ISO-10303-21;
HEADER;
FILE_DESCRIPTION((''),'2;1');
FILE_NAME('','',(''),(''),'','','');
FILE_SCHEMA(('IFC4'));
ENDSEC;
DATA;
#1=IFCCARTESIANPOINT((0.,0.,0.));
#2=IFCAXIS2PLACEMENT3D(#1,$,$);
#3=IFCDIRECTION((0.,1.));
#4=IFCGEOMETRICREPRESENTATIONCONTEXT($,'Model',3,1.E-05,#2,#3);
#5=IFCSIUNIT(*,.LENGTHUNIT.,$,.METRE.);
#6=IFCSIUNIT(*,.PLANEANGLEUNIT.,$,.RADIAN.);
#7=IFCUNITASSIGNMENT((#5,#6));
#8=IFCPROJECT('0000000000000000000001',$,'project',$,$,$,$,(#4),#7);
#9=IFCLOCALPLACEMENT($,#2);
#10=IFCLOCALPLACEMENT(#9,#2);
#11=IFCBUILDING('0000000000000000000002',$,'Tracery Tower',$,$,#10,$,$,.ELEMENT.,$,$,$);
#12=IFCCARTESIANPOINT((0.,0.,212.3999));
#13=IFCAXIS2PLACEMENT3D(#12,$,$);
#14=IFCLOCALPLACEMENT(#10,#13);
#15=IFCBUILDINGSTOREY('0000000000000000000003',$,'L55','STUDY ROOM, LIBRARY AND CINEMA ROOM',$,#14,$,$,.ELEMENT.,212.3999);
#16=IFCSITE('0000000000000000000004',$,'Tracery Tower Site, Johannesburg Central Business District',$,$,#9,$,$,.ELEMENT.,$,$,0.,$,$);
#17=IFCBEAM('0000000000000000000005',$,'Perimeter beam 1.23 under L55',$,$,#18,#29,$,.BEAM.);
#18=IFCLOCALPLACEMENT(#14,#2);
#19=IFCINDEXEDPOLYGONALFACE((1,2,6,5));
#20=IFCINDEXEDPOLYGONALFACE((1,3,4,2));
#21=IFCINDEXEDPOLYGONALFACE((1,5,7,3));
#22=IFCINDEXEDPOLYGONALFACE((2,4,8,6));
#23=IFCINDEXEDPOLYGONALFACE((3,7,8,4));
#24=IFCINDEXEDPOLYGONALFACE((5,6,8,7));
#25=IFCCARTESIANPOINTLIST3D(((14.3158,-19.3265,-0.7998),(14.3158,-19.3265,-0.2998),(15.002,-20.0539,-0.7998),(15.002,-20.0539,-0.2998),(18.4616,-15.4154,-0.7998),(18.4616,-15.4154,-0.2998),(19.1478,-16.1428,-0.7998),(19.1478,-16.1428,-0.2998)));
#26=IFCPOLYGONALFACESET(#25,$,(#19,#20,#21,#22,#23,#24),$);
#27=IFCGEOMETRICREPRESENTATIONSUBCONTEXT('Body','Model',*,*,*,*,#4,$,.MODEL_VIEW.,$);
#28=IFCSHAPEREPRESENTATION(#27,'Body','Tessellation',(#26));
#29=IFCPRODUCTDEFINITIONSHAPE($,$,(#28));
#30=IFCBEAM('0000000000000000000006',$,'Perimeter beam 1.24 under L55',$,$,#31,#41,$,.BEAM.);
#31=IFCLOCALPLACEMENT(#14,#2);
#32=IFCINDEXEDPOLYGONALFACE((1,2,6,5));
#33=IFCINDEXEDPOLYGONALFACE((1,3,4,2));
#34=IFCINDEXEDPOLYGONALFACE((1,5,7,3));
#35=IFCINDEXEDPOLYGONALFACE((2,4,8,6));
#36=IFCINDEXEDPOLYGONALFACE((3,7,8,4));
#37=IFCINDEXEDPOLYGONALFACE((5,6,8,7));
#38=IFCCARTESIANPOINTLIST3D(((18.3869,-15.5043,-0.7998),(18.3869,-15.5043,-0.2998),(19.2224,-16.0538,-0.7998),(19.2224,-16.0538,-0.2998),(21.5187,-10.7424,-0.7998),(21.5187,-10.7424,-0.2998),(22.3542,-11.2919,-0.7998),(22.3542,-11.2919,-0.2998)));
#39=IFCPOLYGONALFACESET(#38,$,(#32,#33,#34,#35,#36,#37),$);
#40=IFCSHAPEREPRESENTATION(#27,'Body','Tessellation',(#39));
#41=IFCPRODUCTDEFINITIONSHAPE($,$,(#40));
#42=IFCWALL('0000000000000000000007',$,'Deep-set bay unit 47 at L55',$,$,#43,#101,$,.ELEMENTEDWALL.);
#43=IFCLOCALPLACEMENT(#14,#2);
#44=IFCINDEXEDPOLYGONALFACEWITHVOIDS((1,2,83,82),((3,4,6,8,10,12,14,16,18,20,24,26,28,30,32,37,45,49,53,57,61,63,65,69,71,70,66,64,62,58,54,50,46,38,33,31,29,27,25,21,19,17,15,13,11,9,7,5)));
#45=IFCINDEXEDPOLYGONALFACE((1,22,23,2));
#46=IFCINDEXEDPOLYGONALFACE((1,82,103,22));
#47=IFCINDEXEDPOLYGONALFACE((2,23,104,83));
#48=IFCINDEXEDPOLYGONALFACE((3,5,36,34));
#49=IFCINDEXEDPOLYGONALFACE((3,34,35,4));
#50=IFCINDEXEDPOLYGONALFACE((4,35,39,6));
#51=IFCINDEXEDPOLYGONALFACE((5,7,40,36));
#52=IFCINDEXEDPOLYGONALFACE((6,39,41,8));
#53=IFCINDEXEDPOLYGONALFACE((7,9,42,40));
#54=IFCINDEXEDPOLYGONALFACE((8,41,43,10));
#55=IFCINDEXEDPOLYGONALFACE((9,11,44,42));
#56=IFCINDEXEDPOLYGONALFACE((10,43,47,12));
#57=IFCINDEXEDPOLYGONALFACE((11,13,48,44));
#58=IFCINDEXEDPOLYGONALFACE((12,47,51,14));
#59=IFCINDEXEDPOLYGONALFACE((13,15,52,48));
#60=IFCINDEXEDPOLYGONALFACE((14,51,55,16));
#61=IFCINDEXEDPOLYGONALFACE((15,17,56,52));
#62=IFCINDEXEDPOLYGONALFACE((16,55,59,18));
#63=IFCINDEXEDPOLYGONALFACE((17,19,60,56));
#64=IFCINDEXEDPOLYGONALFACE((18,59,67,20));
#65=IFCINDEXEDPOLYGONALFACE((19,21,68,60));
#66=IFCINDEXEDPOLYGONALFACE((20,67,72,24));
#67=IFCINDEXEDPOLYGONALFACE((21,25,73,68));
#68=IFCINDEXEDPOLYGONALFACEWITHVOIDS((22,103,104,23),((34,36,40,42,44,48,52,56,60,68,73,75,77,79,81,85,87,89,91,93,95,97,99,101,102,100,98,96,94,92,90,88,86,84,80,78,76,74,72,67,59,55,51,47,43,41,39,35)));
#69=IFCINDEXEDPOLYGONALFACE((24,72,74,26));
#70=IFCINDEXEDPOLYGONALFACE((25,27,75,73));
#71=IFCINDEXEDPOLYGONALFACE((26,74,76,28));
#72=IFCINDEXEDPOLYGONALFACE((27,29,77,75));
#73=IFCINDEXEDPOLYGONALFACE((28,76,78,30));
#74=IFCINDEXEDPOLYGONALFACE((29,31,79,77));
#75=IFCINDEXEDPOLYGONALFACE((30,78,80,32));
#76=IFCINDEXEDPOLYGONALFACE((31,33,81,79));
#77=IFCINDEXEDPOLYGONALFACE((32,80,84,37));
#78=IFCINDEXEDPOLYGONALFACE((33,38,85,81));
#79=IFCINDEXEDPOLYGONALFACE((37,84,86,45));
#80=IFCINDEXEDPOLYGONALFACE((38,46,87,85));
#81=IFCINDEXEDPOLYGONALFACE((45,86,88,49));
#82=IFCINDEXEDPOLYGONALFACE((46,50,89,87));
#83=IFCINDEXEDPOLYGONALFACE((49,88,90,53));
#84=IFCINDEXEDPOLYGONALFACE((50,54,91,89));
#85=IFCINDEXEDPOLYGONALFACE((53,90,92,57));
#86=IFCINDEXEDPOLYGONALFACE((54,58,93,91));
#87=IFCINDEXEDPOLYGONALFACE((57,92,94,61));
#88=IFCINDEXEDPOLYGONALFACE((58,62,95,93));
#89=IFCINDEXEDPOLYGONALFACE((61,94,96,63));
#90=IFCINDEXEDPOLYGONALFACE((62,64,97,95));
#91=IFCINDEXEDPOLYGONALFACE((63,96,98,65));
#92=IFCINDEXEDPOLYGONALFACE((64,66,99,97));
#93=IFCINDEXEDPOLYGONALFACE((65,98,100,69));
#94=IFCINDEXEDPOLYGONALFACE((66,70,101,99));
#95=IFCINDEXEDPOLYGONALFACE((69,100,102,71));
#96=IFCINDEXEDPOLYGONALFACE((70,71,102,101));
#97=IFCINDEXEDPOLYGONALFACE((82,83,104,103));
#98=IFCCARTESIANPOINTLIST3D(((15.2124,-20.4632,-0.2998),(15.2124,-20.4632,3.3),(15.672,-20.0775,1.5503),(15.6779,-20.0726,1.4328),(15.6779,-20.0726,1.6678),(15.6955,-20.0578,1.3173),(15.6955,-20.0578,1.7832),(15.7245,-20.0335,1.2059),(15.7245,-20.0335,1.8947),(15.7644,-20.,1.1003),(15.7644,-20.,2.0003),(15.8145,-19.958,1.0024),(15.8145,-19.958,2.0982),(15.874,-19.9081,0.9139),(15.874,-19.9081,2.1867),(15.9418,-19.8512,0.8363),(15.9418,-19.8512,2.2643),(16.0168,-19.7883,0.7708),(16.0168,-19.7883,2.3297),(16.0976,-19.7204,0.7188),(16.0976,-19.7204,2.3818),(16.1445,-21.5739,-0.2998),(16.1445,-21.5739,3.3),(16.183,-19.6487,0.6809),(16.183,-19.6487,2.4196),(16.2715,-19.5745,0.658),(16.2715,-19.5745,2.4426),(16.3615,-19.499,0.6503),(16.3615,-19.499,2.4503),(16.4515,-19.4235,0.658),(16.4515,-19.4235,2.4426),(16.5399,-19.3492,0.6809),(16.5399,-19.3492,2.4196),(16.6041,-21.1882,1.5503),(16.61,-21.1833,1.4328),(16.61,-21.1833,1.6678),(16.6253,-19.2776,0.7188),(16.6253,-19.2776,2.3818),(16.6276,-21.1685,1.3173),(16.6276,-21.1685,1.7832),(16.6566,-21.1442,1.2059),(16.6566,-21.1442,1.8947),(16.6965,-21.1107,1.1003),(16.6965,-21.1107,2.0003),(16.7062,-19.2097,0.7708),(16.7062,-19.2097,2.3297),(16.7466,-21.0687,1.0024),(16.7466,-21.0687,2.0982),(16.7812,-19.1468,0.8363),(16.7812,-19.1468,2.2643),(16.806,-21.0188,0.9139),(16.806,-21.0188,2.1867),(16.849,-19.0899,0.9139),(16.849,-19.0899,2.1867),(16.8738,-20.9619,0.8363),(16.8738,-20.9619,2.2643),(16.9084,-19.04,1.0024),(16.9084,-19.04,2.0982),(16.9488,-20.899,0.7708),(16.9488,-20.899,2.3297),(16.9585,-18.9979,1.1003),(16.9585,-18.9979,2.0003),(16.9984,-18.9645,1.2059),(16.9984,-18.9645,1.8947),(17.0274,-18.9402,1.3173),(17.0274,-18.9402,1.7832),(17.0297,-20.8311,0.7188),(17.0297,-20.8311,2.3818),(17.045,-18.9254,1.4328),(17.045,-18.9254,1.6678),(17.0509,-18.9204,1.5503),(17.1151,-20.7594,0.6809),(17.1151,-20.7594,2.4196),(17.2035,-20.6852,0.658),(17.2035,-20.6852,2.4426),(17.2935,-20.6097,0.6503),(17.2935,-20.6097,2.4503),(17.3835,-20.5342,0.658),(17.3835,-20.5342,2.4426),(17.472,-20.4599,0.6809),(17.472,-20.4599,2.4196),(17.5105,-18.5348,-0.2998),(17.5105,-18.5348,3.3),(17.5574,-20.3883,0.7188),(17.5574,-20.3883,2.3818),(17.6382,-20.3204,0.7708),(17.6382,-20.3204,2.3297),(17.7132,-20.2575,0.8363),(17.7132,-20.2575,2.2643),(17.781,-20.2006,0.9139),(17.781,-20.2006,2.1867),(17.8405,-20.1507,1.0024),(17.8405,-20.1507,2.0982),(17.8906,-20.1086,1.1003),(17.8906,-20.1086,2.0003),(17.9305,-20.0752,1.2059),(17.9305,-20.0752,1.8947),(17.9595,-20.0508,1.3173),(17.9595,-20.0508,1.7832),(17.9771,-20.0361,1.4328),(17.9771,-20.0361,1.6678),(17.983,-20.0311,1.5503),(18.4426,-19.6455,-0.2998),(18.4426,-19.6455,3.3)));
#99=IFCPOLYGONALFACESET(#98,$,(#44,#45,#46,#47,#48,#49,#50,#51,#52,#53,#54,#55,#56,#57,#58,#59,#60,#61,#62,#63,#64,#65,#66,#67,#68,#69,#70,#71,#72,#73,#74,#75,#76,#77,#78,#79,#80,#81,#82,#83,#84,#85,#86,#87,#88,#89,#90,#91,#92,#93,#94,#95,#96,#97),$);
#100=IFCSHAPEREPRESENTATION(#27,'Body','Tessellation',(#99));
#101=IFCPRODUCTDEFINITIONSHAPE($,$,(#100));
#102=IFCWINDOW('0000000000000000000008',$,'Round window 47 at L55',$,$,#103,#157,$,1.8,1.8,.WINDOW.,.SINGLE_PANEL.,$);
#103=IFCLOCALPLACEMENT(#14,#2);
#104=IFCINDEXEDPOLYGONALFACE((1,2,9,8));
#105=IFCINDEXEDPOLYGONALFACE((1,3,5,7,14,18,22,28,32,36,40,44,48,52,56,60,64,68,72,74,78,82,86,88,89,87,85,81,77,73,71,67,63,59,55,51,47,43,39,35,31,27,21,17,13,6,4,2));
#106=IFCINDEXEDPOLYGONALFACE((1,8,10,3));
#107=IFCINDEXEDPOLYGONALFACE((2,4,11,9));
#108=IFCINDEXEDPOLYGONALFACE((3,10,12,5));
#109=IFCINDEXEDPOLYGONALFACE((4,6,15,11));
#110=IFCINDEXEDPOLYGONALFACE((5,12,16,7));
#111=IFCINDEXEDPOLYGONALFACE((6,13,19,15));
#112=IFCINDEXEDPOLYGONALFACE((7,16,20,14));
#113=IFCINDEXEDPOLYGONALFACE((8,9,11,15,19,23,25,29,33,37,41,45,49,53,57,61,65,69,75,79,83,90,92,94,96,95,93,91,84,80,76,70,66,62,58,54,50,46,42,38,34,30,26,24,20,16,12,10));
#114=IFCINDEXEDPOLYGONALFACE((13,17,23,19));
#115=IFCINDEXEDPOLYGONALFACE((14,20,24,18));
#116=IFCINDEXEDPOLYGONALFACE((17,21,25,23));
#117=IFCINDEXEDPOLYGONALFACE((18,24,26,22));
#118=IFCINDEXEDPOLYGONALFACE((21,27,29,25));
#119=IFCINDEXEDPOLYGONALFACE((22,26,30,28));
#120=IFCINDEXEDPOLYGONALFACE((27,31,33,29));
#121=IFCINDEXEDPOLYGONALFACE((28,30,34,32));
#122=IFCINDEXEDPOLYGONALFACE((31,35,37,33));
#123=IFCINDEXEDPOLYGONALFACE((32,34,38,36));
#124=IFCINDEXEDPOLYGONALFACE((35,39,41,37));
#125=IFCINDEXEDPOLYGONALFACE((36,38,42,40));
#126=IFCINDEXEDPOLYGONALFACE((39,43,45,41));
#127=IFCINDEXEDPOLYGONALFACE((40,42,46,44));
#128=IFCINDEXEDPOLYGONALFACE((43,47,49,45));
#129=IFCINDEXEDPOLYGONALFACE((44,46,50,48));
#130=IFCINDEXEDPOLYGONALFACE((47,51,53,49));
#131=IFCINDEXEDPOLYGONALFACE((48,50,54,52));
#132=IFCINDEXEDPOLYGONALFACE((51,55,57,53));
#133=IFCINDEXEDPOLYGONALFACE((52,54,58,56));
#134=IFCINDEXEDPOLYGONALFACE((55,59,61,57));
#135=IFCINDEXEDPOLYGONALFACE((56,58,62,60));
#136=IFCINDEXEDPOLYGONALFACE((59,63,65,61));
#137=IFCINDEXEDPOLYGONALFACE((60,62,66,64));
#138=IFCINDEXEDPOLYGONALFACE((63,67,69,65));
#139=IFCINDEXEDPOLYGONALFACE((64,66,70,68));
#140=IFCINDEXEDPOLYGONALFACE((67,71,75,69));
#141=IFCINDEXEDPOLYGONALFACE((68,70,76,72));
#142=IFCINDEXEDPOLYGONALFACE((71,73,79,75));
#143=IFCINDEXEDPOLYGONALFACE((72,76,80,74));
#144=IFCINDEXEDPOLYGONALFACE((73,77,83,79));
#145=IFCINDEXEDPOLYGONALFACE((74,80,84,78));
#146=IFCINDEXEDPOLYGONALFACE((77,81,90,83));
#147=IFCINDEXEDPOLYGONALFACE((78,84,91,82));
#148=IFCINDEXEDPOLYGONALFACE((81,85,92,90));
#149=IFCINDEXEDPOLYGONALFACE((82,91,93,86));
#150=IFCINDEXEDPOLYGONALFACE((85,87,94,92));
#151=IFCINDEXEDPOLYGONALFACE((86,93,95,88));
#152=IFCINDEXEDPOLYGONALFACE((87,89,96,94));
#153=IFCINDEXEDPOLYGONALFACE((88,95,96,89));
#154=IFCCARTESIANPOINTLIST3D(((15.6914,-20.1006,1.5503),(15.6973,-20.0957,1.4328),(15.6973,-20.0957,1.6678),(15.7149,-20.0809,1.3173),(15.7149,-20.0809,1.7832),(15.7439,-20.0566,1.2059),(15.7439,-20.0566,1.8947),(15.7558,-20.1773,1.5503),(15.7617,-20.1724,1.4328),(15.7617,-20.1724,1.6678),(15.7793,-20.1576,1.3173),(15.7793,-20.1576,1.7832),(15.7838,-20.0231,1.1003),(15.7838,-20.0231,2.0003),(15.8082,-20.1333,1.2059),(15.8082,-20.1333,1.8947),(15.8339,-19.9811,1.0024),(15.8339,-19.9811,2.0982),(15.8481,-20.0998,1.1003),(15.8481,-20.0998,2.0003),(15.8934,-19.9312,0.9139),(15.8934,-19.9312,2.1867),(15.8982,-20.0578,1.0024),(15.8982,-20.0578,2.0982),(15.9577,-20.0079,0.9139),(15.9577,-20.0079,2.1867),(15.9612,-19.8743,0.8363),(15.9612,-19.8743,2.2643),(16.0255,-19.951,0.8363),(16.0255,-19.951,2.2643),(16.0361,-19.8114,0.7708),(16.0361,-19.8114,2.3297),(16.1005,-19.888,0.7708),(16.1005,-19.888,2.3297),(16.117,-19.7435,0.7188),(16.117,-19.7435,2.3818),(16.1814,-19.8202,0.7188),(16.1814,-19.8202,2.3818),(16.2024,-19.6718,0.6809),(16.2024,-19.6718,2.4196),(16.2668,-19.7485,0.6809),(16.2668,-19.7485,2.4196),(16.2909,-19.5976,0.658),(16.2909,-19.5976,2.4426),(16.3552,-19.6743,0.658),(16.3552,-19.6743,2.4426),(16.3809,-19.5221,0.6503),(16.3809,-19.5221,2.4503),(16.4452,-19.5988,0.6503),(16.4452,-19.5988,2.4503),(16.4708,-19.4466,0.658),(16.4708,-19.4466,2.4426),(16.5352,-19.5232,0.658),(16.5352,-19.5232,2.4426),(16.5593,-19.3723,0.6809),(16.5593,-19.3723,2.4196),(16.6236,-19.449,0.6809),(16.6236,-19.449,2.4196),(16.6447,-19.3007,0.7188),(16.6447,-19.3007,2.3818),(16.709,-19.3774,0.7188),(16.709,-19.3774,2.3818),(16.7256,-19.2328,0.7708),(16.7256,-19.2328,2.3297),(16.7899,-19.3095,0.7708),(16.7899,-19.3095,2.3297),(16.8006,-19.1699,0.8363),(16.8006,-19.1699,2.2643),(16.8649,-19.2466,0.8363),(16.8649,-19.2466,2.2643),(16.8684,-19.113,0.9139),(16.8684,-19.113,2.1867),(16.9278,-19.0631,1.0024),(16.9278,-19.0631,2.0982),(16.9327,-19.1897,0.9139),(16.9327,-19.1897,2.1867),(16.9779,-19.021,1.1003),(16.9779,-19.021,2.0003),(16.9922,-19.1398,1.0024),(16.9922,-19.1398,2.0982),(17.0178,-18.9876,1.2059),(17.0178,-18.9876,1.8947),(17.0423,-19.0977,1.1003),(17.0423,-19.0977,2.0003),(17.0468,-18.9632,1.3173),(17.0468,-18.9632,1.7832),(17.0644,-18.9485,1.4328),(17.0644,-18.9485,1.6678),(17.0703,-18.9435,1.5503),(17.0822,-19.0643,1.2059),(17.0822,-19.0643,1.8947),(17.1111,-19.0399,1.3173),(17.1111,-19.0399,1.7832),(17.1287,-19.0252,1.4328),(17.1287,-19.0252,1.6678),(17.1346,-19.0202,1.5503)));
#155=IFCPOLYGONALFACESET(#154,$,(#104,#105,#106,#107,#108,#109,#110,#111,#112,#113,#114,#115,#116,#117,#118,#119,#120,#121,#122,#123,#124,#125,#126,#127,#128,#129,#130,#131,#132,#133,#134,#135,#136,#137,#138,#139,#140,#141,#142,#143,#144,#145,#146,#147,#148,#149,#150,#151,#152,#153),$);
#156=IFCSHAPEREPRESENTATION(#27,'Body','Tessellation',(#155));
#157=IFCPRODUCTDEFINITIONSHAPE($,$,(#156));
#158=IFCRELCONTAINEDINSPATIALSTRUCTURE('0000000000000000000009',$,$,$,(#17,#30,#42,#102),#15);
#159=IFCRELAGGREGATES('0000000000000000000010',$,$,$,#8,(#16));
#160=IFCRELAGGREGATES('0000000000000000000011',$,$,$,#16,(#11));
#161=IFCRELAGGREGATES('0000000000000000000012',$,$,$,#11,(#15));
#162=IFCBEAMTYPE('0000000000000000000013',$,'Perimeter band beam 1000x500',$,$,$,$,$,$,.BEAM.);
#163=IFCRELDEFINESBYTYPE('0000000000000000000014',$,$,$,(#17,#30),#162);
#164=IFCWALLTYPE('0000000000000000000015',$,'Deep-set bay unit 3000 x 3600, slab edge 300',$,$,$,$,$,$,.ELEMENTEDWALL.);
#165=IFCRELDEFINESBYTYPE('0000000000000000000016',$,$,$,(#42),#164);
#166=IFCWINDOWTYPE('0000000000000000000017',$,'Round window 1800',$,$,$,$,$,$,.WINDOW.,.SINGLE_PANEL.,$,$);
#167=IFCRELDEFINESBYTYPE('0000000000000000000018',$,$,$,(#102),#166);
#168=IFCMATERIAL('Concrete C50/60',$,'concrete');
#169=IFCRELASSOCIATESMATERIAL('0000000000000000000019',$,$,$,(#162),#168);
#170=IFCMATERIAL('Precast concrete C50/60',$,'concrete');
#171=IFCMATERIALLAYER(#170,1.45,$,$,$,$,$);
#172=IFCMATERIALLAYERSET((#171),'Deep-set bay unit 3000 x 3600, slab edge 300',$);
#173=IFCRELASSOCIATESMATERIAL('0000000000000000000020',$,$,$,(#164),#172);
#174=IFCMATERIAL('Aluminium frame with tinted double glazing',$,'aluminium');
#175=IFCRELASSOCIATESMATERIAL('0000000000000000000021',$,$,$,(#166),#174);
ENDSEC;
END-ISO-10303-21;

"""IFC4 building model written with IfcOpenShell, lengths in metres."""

from ifc_helpers import new_model, si_unit, direction, frame, frame_2d, origin, origin_2d, place, context, subcontext, project, spatial, rectangle, circle, extrude, material, layer, layer_set, material_profile, profile_set, type_object, element, fill, save


model = new_model("IFC4")

# Units and contexts
model_context = context("Model", 3, precision=1e-05, world=origin(), true_north=direction((0.0, 1.0)))
body_context = subcontext(model_context, "Body", "Model", "MODEL_VIEW")
ifc_project = project(units=[si_unit("LENGTHUNIT", "METRE"), si_unit("PLANEANGLEUNIT", "RADIAN")], contexts=[model_context])

# Site, building, storey
site_placement = place(None, origin())
site = spatial("IfcSite", under=ifc_project, at=site_placement, Name="Tracery Tower Site, Johannesburg Central Business District", CompositionType="ELEMENT", RefElevation=0.0)
building_placement = place(site_placement, origin())
building = spatial("IfcBuilding", under=site, at=building_placement, Name="Tracery Tower", CompositionType="ELEMENT")
storey_placement = place(building_placement, frame((0.0, 0.0, 212.3999)))
storey = spatial("IfcBuildingStorey", under=building, at=storey_placement, Name="L55", Description="STUDY ROOM, LIBRARY AND CINEMA ROOM", CompositionType="ELEMENT", Elevation=212.3999)

# Beams
ifc_material_1 = material(Name="Concrete C50/60", Category="concrete")
ifc_material_profile_1 = material_profile(ifc_material_1, rectangle(XDim=1.0, YDim=0.5, at=origin_2d()), Name="RC 1000x500")
ifc_profile_set_1 = profile_set([ifc_material_profile_1], Name="Concrete C50/60")
beam_type_1 = type_object("IfcBeamType", Name="Perimeter band beam 1000x500", PredefinedType="BEAM", material=ifc_profile_set_1)
for number, where, z_axis, x_axis, name in (
    (1, (14.6589, -19.6902, -0.5498), (0.72739, 0.686225, 0.0), (-0.686225, 0.72739, 0.0), "Perimeter beam 1.23 under L55"),
    (2, (18.8047, -15.7791, -0.5498), (0.54949, 0.8355, 0.0), (-0.8355, 0.54949, 0.0), "Perimeter beam 1.24 under L55"),
):
    element("IfcBeam", number, at=place(storey_placement, frame(where, z_axis=z_axis, x_axis=x_axis)), inside=storey, type_object=beam_type_1, Name=name, PredefinedType="BEAM", context=body_context, shape_type="SweptSolid", body=[
        extrude(rectangle(XDim=1.0, YDim=0.5, at=origin_2d()), origin(), (0.0, 0.0, 1.0), 5.6995),
    ])

# Wall, opening, window
ifc_material_2 = material(Name="Precast concrete C50/60", Category="concrete")
ifc_layer_1 = layer(ifc_material_2, 1.45)
ifc_layer_set_1 = layer_set([ifc_layer_1], Name="Deep-set bay unit 3000 x 3600, slab edge 300")
wall_type_1 = type_object("IfcWallType", Name="Deep-set bay unit 3000 x 3600, slab edge 300", PredefinedType="ELEMENTEDWALL", material=ifc_layer_set_1)
wall_1_placement = place(storey_placement, frame((15.6785, -21.0186, -0.2998), z_axis=(0.0, 0.0, 1.0), x_axis=(0.766022, 0.642814, 0.0)))
wall_1 = element("IfcWall", 3, at=wall_1_placement, inside=storey, type_object=wall_type_1, Name="Deep-set bay unit 47 at L55", PredefinedType="ELEMENTEDWALL", context=body_context, shape_type="SweptSolid", body=[
    extrude(rectangle(XDim=3.0, YDim=1.45, at=frame_2d((1.5, 0.0))), origin(), (0.0, 0.0, 1.0), 3.5999),
])
opening_1_placement = place(wall_1_placement, frame((1.5, 0.0, 1.8501)))
opening_1 = element("IfcOpeningElement", 4, at=opening_1_placement, cuts=wall_1, PredefinedType="OPENING", context=body_context, shape_type="SweptSolid", body=[
    extrude(circle(Radius=0.9, at=origin_2d()), frame((0.0, 0.7349, 0.0), z_axis=(0.0, -1.0, 0.0), x_axis=(1.0, 0.0, 0.0)), (0.0, 0.0, 1.0), 1.47),
])
ifc_material_3 = material(Name="Aluminium frame with tinted double glazing", Category="aluminium")
window_type = type_object("IfcWindowType", Name="Round window 1800", PartitioningType="SINGLE_PANEL", PredefinedType="WINDOW", material=ifc_material_3)
window_1_placement = place(opening_1_placement, origin())
window_1 = element("IfcWindow", 5, at=window_1_placement, inside=storey, type_object=window_type, Name="Round window 47 at L55", OverallHeight=1.8, OverallWidth=1.8, PartitioningType="SINGLE_PANEL", PredefinedType="WINDOW", context=body_context, shape_type="SweptSolid", body=[
    extrude(circle(Radius=0.9, at=origin_2d()), frame((0.0, 0.6948, 0.0), z_axis=(0.0, -1.0, 0.0), x_axis=(1.0, 0.0, 0.0)), (0.0, 0.0, 1.0), 0.1001),
])
fill(opening_1, window_1)

save(model, "model.ifc")
